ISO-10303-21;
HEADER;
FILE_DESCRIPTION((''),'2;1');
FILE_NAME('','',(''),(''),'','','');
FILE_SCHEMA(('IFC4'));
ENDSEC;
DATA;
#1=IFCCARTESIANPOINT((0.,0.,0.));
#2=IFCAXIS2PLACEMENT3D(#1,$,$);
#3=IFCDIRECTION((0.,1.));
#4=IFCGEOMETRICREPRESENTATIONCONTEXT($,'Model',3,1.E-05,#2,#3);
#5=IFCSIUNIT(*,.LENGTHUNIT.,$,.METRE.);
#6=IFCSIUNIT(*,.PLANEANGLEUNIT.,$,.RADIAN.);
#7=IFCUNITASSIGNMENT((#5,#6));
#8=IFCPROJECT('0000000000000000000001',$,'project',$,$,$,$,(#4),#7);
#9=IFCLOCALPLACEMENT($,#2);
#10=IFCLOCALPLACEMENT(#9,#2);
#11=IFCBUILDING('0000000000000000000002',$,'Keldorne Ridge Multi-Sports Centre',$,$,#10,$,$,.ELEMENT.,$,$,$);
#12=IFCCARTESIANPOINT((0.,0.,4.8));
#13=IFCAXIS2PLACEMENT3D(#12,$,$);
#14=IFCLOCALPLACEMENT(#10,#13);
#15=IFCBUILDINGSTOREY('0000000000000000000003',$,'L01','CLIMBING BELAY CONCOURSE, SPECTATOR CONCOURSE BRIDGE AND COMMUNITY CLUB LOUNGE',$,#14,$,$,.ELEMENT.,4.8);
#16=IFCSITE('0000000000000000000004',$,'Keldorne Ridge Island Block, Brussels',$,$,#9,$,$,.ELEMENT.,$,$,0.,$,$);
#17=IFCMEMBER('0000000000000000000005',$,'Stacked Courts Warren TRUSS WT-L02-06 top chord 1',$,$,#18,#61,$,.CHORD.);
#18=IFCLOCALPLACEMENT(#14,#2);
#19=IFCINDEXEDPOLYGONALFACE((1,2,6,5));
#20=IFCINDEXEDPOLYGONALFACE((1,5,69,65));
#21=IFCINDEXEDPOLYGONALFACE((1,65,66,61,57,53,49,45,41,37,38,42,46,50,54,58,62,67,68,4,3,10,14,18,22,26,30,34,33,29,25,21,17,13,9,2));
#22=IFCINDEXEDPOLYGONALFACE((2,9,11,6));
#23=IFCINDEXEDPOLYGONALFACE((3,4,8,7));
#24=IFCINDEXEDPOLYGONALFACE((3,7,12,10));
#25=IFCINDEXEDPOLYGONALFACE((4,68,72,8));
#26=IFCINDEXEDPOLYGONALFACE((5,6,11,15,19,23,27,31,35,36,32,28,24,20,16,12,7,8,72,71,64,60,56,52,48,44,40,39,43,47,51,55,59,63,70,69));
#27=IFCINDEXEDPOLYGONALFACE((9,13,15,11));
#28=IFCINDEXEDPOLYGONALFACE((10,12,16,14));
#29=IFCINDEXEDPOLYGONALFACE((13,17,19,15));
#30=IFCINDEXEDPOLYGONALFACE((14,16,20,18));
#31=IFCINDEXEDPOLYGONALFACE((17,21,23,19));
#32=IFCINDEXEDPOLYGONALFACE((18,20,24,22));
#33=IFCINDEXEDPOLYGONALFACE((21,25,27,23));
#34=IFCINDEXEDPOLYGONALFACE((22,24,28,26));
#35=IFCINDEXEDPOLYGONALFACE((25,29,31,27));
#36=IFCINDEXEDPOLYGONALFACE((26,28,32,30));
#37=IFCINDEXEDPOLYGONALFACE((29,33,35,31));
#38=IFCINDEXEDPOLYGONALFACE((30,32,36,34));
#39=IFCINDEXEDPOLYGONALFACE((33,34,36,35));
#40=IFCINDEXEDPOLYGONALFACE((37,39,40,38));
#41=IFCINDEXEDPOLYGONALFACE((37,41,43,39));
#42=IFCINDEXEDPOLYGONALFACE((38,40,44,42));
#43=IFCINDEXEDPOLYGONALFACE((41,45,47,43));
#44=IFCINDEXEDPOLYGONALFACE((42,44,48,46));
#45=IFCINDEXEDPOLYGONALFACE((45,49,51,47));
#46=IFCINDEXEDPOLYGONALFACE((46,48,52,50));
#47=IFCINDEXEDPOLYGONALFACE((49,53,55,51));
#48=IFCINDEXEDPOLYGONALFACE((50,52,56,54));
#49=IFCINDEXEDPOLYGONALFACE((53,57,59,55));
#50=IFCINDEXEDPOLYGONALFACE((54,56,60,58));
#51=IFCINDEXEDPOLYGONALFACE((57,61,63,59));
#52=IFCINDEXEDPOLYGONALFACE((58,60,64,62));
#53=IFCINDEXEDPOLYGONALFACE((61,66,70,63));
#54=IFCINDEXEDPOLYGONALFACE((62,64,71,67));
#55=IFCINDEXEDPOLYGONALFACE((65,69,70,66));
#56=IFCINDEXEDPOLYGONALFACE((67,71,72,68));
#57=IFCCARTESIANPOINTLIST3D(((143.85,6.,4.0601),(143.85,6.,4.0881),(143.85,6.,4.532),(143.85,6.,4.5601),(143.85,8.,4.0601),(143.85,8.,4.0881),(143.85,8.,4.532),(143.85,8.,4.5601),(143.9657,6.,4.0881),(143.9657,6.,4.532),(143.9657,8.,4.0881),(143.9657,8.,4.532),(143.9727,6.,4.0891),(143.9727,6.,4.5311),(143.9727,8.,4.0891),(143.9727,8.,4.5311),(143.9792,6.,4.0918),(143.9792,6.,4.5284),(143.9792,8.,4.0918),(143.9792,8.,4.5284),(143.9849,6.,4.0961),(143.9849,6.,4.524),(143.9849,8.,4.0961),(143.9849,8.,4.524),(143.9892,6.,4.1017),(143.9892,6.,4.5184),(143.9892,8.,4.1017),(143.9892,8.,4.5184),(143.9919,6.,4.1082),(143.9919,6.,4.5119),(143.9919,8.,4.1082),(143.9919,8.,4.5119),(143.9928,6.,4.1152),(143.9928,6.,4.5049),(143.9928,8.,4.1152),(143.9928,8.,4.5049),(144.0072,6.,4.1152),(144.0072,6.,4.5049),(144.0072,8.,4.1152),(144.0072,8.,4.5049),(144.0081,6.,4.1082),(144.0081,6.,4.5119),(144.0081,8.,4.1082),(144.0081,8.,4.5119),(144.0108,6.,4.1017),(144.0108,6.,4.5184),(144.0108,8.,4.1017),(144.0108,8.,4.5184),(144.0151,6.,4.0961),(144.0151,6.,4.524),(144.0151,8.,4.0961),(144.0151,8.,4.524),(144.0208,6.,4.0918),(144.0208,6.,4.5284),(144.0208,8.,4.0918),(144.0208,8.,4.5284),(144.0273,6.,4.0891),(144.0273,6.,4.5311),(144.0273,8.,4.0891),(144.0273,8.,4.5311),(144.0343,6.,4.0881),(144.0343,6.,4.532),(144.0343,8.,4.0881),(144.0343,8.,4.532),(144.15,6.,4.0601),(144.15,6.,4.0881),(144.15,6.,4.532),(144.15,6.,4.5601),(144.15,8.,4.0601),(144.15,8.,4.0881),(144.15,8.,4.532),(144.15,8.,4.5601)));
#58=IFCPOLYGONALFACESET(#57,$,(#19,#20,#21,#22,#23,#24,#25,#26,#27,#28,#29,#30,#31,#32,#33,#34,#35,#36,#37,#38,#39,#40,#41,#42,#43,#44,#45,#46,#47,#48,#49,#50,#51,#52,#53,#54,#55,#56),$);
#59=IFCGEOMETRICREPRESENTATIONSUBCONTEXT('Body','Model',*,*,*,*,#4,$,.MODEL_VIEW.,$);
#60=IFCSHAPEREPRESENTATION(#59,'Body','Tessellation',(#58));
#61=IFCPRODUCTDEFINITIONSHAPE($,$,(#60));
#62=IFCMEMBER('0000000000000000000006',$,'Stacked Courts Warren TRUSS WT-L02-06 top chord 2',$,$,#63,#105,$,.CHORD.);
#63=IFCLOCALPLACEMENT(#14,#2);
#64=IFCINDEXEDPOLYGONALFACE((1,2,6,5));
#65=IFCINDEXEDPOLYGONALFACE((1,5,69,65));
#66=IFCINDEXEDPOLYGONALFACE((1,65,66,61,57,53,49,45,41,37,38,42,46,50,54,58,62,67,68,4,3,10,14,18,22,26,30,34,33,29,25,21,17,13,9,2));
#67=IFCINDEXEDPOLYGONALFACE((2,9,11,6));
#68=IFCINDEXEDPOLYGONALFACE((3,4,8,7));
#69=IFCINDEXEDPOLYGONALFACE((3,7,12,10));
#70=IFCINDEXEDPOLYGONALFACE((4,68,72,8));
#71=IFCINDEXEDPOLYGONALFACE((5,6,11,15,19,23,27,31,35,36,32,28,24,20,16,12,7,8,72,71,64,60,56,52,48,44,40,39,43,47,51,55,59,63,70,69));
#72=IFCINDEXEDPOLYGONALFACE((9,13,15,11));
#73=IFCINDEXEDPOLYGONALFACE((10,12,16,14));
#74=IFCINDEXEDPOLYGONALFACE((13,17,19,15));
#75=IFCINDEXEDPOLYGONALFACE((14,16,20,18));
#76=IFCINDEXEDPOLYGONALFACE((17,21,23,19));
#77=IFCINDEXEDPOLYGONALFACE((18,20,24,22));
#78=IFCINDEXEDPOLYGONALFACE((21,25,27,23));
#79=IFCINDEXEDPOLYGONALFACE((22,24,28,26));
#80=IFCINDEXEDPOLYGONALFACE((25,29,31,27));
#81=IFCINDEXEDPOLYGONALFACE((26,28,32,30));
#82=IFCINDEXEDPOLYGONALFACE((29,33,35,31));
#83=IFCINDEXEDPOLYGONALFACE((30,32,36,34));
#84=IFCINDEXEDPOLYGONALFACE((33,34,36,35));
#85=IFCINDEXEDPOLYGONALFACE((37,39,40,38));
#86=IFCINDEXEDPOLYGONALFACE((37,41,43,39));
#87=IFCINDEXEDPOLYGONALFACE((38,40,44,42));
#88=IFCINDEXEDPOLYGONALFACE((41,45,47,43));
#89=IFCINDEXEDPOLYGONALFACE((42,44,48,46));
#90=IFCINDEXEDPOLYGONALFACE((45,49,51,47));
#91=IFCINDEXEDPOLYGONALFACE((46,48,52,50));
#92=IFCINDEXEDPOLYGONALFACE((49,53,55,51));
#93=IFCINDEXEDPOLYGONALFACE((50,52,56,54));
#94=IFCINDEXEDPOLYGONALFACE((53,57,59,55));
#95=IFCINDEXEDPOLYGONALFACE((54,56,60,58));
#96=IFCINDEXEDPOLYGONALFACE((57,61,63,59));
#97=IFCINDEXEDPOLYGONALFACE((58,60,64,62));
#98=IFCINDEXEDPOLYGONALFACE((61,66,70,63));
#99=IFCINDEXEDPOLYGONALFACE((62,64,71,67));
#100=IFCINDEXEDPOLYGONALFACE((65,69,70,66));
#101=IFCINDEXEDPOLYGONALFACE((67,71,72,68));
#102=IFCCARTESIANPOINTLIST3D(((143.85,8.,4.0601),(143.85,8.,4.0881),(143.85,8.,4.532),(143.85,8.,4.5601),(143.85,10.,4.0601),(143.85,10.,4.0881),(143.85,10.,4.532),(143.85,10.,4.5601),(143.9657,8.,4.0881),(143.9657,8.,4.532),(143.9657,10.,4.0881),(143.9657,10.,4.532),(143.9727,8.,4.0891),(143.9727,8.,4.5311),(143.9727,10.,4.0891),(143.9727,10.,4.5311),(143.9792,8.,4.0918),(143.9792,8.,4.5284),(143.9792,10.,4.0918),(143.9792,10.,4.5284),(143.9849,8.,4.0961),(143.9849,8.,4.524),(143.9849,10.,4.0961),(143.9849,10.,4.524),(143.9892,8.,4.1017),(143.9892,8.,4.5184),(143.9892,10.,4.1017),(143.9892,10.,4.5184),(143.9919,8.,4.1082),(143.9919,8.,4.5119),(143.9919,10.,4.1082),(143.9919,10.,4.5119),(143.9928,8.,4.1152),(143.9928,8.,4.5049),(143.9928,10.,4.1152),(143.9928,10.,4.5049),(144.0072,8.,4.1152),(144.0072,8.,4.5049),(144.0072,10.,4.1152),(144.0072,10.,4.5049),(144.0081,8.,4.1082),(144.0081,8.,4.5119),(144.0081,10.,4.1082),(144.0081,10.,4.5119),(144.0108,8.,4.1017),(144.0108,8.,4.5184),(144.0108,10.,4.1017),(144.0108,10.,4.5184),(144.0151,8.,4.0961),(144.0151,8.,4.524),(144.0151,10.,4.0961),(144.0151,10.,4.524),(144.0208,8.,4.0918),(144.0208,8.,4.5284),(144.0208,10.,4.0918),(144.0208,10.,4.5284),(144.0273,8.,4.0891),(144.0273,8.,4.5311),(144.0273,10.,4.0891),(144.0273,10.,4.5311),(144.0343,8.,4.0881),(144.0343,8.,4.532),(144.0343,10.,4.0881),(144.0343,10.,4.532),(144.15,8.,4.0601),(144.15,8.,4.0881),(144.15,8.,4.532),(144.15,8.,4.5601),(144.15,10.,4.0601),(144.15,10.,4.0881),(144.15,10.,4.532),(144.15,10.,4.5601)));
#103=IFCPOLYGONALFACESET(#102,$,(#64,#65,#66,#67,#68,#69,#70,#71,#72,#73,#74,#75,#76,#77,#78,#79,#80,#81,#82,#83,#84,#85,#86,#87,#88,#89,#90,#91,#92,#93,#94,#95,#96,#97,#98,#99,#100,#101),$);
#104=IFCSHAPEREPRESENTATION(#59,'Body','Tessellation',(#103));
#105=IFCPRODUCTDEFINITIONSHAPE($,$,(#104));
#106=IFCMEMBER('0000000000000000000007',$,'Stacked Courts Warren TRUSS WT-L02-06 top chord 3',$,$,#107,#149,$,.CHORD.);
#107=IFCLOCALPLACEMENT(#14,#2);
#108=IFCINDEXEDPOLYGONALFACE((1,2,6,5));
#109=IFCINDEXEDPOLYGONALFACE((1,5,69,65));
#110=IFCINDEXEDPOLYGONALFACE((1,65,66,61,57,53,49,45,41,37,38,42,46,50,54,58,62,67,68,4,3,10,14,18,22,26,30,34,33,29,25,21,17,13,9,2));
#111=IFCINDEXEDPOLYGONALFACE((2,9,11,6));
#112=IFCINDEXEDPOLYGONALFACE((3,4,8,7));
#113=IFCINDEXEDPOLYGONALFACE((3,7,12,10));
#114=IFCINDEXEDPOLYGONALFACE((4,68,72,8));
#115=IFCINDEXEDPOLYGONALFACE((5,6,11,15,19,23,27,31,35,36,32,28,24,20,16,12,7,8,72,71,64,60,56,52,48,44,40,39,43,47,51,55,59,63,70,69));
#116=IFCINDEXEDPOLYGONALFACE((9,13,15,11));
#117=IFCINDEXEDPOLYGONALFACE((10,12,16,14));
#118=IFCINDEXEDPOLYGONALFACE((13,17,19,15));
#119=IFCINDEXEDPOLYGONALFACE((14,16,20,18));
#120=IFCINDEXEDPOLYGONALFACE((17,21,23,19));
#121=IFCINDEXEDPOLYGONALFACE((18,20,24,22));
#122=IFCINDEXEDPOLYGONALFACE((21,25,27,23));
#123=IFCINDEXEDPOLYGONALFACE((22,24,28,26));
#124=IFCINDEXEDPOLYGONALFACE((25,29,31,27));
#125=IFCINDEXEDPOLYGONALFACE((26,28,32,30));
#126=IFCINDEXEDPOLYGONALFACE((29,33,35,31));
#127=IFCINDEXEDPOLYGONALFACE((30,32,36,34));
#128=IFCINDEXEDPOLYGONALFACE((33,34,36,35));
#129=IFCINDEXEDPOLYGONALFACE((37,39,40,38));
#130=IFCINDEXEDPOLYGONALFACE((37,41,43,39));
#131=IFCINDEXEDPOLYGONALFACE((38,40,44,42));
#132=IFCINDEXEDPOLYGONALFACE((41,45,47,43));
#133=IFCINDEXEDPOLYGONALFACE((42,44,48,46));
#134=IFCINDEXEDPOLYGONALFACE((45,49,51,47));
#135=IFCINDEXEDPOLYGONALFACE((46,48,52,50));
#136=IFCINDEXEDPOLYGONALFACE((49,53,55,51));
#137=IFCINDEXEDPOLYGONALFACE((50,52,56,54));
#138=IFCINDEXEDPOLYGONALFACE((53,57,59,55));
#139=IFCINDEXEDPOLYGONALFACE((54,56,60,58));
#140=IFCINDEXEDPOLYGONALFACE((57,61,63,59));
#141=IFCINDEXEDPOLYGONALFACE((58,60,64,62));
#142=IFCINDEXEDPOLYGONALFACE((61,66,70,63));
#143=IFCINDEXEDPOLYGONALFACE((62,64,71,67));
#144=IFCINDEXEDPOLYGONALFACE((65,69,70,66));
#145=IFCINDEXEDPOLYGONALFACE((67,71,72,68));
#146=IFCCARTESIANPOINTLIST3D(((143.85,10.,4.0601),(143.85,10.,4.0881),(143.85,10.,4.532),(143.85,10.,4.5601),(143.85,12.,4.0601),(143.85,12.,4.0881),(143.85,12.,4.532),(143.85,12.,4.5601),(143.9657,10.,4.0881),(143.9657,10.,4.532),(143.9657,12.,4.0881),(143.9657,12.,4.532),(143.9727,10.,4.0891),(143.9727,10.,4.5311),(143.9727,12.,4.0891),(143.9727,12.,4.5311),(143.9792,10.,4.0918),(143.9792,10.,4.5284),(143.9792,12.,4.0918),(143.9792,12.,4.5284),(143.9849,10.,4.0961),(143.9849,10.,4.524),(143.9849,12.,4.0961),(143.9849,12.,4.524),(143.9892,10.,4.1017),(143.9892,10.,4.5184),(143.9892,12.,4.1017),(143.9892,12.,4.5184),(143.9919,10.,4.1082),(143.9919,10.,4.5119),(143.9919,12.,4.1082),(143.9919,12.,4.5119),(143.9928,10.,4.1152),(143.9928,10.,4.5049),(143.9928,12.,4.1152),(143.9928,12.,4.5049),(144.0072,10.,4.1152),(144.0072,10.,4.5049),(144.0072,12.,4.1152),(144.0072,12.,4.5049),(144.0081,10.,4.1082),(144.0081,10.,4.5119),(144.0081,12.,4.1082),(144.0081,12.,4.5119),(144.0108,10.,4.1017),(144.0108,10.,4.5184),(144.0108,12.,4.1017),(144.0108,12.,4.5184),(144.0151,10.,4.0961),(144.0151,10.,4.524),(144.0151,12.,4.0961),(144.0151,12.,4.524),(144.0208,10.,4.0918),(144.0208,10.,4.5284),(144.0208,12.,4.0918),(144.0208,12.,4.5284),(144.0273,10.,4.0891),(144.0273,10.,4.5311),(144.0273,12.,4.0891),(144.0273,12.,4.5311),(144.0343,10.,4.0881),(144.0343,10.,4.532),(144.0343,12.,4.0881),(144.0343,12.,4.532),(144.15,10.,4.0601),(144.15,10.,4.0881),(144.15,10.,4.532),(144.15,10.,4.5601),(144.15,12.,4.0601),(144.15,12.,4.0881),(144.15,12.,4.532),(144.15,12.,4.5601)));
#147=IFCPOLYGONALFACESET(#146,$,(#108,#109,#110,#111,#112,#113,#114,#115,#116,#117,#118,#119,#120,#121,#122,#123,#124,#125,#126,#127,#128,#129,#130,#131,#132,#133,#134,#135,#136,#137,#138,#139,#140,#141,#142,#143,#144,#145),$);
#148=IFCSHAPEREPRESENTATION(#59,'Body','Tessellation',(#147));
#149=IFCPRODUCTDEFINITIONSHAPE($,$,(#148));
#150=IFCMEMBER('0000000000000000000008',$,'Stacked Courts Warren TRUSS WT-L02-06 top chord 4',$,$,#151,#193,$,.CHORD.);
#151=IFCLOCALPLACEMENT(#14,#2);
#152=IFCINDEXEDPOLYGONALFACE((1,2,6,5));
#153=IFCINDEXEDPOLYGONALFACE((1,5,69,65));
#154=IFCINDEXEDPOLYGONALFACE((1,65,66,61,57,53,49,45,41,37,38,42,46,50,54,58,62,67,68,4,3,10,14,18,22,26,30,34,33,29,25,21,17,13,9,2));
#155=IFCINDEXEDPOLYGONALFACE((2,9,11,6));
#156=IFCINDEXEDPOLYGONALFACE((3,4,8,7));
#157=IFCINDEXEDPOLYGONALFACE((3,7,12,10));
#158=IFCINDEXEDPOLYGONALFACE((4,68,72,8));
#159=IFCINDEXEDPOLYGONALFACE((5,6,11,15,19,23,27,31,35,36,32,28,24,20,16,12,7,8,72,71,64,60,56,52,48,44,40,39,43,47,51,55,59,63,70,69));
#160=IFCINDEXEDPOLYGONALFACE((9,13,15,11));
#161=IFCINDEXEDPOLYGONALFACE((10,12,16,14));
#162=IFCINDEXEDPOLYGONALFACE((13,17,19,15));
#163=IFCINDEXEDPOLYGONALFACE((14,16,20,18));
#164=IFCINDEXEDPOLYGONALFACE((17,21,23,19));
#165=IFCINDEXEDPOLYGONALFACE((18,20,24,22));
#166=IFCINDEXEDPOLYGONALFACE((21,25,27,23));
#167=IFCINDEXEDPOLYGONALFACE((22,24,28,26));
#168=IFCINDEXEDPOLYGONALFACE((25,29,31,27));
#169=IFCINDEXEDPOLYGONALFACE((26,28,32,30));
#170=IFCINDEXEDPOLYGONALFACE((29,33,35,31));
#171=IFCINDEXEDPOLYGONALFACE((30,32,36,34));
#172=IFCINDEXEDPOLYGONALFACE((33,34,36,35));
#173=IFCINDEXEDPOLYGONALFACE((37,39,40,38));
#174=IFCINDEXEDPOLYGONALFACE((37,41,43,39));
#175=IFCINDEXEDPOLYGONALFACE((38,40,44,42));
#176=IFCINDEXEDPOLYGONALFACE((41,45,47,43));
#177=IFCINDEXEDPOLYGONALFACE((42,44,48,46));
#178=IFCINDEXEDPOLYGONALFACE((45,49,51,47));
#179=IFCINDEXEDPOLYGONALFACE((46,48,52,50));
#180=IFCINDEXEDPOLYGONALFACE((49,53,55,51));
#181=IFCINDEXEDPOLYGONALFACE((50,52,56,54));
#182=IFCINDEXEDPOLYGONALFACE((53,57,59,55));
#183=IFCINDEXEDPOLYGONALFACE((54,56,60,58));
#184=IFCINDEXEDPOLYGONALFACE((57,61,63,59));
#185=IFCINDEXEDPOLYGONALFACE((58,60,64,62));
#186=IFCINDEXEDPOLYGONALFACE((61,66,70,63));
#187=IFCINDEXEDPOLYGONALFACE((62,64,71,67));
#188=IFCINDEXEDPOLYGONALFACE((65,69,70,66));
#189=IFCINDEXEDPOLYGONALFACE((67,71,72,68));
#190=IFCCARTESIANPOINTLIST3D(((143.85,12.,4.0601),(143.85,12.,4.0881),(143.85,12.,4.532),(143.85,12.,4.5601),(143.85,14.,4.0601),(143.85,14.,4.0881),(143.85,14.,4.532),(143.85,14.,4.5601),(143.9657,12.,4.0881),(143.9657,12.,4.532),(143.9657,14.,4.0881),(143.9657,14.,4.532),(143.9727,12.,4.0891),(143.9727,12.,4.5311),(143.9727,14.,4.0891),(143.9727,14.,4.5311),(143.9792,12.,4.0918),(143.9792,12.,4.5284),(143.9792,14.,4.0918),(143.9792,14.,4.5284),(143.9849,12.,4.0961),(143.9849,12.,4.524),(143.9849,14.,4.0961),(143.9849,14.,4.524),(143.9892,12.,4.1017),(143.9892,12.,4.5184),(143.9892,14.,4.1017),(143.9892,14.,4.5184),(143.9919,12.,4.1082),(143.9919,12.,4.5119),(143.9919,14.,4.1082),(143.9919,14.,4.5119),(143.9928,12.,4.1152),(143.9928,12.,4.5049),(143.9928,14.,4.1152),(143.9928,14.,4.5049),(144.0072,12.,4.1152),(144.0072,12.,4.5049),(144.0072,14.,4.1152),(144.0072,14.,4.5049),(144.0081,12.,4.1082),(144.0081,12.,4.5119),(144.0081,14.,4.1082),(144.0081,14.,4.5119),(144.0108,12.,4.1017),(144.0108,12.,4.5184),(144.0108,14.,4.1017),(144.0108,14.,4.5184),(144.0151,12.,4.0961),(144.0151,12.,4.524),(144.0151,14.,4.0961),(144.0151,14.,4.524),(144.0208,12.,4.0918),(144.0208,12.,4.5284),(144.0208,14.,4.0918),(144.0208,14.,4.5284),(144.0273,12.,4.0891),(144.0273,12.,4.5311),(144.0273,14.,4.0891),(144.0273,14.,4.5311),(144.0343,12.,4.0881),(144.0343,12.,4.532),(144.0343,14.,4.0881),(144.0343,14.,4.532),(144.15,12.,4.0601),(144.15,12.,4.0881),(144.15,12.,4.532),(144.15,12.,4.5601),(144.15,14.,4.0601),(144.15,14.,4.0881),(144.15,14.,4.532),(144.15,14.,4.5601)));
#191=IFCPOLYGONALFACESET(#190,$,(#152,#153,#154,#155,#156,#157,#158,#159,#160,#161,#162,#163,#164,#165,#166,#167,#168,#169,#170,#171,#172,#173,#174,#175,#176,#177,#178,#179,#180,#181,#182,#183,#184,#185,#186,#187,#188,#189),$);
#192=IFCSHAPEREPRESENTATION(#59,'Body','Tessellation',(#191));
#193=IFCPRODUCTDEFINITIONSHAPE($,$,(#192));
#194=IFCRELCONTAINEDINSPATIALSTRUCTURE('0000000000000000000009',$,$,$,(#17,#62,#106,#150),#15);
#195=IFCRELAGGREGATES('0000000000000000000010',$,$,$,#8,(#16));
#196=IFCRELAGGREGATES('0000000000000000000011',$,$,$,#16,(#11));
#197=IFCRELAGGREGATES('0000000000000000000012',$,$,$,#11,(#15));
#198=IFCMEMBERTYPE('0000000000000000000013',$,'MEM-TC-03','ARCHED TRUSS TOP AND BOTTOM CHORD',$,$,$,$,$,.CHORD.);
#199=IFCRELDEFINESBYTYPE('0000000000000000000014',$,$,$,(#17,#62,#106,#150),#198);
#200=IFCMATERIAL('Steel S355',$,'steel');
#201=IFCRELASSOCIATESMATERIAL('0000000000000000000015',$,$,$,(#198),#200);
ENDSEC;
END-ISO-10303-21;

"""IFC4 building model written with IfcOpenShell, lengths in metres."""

from ifc_helpers import new_model, si_unit, direction, frame, origin, origin_2d, place, context, subcontext, project, spatial, i_section, extrude, material, material_profile, profile_set, type_object, element, save


model = new_model("IFC4")

# Units and contexts
model_context = context("Model", 3, precision=1e-05, world=origin(), true_north=direction((0.0, 1.0)))
body_context = subcontext(model_context, "Body", "Model", "MODEL_VIEW")
ifc_project = project(units=[si_unit("LENGTHUNIT", "METRE"), si_unit("PLANEANGLEUNIT", "RADIAN")], contexts=[model_context])

# Site, building, storey
site_placement = place(None, origin())
site = spatial("IfcSite", under=ifc_project, at=site_placement, Name="Keldorne Ridge Island Block, Brussels", CompositionType="ELEMENT", RefElevation=0.0)
building_placement = place(site_placement, origin())
building = spatial("IfcBuilding", under=site, at=building_placement, Name="Keldorne Ridge Multi-Sports Centre", CompositionType="ELEMENT")
storey_placement = place(building_placement, frame((0.0, 0.0, 4.8)))
storey = spatial("IfcBuildingStorey", under=building, at=storey_placement, Name="L01", Description="CLIMBING BELAY CONCOURSE, SPECTATOR CONCOURSE BRIDGE AND COMMUNITY CLUB LOUNGE", CompositionType="ELEMENT", Elevation=4.8)

# Shared definitions
ifc_material_1 = material(Name="Steel S355", Category="steel")

# Members
ifc_material_profile_1 = material_profile(ifc_material_1, i_section(OverallWidth=0.3, OverallDepth=0.5, WebThickness=0.0144, FlangeThickness=0.0281, FilletRadius=0.0271, at=origin_2d()), Name="HEB 500")
ifc_profile_set_1 = profile_set([ifc_material_profile_1], Name="Steel S355")
member_type_1 = type_object("IfcMemberType", Name="MEM-TC-03", Description="ARCHED TRUSS TOP AND BOTTOM CHORD", PredefinedType="CHORD", material=ifc_profile_set_1)
for number, where, z_axis, x_axis, name in (
    (1, (144.0, 6.0, 4.3101), (0.0, 1.0, 0.0), (-1.0, 0.0, 0.0), "Stacked Courts Warren TRUSS WT-L02-06 top chord 1"),
    (2, (144.0, 8.0, 4.3101), (0.0, 1.0, 0.0), (-1.0, 0.0, 0.0), "Stacked Courts Warren TRUSS WT-L02-06 top chord 2"),
    (3, (144.0, 10.0, 4.3101), (0.0, 1.0, 0.0), (-1.0, 0.0, 0.0), "Stacked Courts Warren TRUSS WT-L02-06 top chord 3"),
    (4, (144.0, 12.0, 4.3101), (0.0, 1.0, 0.0), (-1.0, 0.0, 0.0), "Stacked Courts Warren TRUSS WT-L02-06 top chord 4"),
):
    element("IfcMember", number, at=place(storey_placement, frame(where, z_axis=z_axis, x_axis=x_axis)), inside=storey, type_object=member_type_1, Name=name, PredefinedType="CHORD", context=body_context, shape_type="SweptSolid", body=[
        extrude(i_section(OverallWidth=0.3, OverallDepth=0.5, WebThickness=0.0144, FlangeThickness=0.0281, FilletRadius=0.0271, at=origin_2d()), origin(), (0.0, 0.0, 1.0), 2.0),
    ])

save(model, "model.ifc")
